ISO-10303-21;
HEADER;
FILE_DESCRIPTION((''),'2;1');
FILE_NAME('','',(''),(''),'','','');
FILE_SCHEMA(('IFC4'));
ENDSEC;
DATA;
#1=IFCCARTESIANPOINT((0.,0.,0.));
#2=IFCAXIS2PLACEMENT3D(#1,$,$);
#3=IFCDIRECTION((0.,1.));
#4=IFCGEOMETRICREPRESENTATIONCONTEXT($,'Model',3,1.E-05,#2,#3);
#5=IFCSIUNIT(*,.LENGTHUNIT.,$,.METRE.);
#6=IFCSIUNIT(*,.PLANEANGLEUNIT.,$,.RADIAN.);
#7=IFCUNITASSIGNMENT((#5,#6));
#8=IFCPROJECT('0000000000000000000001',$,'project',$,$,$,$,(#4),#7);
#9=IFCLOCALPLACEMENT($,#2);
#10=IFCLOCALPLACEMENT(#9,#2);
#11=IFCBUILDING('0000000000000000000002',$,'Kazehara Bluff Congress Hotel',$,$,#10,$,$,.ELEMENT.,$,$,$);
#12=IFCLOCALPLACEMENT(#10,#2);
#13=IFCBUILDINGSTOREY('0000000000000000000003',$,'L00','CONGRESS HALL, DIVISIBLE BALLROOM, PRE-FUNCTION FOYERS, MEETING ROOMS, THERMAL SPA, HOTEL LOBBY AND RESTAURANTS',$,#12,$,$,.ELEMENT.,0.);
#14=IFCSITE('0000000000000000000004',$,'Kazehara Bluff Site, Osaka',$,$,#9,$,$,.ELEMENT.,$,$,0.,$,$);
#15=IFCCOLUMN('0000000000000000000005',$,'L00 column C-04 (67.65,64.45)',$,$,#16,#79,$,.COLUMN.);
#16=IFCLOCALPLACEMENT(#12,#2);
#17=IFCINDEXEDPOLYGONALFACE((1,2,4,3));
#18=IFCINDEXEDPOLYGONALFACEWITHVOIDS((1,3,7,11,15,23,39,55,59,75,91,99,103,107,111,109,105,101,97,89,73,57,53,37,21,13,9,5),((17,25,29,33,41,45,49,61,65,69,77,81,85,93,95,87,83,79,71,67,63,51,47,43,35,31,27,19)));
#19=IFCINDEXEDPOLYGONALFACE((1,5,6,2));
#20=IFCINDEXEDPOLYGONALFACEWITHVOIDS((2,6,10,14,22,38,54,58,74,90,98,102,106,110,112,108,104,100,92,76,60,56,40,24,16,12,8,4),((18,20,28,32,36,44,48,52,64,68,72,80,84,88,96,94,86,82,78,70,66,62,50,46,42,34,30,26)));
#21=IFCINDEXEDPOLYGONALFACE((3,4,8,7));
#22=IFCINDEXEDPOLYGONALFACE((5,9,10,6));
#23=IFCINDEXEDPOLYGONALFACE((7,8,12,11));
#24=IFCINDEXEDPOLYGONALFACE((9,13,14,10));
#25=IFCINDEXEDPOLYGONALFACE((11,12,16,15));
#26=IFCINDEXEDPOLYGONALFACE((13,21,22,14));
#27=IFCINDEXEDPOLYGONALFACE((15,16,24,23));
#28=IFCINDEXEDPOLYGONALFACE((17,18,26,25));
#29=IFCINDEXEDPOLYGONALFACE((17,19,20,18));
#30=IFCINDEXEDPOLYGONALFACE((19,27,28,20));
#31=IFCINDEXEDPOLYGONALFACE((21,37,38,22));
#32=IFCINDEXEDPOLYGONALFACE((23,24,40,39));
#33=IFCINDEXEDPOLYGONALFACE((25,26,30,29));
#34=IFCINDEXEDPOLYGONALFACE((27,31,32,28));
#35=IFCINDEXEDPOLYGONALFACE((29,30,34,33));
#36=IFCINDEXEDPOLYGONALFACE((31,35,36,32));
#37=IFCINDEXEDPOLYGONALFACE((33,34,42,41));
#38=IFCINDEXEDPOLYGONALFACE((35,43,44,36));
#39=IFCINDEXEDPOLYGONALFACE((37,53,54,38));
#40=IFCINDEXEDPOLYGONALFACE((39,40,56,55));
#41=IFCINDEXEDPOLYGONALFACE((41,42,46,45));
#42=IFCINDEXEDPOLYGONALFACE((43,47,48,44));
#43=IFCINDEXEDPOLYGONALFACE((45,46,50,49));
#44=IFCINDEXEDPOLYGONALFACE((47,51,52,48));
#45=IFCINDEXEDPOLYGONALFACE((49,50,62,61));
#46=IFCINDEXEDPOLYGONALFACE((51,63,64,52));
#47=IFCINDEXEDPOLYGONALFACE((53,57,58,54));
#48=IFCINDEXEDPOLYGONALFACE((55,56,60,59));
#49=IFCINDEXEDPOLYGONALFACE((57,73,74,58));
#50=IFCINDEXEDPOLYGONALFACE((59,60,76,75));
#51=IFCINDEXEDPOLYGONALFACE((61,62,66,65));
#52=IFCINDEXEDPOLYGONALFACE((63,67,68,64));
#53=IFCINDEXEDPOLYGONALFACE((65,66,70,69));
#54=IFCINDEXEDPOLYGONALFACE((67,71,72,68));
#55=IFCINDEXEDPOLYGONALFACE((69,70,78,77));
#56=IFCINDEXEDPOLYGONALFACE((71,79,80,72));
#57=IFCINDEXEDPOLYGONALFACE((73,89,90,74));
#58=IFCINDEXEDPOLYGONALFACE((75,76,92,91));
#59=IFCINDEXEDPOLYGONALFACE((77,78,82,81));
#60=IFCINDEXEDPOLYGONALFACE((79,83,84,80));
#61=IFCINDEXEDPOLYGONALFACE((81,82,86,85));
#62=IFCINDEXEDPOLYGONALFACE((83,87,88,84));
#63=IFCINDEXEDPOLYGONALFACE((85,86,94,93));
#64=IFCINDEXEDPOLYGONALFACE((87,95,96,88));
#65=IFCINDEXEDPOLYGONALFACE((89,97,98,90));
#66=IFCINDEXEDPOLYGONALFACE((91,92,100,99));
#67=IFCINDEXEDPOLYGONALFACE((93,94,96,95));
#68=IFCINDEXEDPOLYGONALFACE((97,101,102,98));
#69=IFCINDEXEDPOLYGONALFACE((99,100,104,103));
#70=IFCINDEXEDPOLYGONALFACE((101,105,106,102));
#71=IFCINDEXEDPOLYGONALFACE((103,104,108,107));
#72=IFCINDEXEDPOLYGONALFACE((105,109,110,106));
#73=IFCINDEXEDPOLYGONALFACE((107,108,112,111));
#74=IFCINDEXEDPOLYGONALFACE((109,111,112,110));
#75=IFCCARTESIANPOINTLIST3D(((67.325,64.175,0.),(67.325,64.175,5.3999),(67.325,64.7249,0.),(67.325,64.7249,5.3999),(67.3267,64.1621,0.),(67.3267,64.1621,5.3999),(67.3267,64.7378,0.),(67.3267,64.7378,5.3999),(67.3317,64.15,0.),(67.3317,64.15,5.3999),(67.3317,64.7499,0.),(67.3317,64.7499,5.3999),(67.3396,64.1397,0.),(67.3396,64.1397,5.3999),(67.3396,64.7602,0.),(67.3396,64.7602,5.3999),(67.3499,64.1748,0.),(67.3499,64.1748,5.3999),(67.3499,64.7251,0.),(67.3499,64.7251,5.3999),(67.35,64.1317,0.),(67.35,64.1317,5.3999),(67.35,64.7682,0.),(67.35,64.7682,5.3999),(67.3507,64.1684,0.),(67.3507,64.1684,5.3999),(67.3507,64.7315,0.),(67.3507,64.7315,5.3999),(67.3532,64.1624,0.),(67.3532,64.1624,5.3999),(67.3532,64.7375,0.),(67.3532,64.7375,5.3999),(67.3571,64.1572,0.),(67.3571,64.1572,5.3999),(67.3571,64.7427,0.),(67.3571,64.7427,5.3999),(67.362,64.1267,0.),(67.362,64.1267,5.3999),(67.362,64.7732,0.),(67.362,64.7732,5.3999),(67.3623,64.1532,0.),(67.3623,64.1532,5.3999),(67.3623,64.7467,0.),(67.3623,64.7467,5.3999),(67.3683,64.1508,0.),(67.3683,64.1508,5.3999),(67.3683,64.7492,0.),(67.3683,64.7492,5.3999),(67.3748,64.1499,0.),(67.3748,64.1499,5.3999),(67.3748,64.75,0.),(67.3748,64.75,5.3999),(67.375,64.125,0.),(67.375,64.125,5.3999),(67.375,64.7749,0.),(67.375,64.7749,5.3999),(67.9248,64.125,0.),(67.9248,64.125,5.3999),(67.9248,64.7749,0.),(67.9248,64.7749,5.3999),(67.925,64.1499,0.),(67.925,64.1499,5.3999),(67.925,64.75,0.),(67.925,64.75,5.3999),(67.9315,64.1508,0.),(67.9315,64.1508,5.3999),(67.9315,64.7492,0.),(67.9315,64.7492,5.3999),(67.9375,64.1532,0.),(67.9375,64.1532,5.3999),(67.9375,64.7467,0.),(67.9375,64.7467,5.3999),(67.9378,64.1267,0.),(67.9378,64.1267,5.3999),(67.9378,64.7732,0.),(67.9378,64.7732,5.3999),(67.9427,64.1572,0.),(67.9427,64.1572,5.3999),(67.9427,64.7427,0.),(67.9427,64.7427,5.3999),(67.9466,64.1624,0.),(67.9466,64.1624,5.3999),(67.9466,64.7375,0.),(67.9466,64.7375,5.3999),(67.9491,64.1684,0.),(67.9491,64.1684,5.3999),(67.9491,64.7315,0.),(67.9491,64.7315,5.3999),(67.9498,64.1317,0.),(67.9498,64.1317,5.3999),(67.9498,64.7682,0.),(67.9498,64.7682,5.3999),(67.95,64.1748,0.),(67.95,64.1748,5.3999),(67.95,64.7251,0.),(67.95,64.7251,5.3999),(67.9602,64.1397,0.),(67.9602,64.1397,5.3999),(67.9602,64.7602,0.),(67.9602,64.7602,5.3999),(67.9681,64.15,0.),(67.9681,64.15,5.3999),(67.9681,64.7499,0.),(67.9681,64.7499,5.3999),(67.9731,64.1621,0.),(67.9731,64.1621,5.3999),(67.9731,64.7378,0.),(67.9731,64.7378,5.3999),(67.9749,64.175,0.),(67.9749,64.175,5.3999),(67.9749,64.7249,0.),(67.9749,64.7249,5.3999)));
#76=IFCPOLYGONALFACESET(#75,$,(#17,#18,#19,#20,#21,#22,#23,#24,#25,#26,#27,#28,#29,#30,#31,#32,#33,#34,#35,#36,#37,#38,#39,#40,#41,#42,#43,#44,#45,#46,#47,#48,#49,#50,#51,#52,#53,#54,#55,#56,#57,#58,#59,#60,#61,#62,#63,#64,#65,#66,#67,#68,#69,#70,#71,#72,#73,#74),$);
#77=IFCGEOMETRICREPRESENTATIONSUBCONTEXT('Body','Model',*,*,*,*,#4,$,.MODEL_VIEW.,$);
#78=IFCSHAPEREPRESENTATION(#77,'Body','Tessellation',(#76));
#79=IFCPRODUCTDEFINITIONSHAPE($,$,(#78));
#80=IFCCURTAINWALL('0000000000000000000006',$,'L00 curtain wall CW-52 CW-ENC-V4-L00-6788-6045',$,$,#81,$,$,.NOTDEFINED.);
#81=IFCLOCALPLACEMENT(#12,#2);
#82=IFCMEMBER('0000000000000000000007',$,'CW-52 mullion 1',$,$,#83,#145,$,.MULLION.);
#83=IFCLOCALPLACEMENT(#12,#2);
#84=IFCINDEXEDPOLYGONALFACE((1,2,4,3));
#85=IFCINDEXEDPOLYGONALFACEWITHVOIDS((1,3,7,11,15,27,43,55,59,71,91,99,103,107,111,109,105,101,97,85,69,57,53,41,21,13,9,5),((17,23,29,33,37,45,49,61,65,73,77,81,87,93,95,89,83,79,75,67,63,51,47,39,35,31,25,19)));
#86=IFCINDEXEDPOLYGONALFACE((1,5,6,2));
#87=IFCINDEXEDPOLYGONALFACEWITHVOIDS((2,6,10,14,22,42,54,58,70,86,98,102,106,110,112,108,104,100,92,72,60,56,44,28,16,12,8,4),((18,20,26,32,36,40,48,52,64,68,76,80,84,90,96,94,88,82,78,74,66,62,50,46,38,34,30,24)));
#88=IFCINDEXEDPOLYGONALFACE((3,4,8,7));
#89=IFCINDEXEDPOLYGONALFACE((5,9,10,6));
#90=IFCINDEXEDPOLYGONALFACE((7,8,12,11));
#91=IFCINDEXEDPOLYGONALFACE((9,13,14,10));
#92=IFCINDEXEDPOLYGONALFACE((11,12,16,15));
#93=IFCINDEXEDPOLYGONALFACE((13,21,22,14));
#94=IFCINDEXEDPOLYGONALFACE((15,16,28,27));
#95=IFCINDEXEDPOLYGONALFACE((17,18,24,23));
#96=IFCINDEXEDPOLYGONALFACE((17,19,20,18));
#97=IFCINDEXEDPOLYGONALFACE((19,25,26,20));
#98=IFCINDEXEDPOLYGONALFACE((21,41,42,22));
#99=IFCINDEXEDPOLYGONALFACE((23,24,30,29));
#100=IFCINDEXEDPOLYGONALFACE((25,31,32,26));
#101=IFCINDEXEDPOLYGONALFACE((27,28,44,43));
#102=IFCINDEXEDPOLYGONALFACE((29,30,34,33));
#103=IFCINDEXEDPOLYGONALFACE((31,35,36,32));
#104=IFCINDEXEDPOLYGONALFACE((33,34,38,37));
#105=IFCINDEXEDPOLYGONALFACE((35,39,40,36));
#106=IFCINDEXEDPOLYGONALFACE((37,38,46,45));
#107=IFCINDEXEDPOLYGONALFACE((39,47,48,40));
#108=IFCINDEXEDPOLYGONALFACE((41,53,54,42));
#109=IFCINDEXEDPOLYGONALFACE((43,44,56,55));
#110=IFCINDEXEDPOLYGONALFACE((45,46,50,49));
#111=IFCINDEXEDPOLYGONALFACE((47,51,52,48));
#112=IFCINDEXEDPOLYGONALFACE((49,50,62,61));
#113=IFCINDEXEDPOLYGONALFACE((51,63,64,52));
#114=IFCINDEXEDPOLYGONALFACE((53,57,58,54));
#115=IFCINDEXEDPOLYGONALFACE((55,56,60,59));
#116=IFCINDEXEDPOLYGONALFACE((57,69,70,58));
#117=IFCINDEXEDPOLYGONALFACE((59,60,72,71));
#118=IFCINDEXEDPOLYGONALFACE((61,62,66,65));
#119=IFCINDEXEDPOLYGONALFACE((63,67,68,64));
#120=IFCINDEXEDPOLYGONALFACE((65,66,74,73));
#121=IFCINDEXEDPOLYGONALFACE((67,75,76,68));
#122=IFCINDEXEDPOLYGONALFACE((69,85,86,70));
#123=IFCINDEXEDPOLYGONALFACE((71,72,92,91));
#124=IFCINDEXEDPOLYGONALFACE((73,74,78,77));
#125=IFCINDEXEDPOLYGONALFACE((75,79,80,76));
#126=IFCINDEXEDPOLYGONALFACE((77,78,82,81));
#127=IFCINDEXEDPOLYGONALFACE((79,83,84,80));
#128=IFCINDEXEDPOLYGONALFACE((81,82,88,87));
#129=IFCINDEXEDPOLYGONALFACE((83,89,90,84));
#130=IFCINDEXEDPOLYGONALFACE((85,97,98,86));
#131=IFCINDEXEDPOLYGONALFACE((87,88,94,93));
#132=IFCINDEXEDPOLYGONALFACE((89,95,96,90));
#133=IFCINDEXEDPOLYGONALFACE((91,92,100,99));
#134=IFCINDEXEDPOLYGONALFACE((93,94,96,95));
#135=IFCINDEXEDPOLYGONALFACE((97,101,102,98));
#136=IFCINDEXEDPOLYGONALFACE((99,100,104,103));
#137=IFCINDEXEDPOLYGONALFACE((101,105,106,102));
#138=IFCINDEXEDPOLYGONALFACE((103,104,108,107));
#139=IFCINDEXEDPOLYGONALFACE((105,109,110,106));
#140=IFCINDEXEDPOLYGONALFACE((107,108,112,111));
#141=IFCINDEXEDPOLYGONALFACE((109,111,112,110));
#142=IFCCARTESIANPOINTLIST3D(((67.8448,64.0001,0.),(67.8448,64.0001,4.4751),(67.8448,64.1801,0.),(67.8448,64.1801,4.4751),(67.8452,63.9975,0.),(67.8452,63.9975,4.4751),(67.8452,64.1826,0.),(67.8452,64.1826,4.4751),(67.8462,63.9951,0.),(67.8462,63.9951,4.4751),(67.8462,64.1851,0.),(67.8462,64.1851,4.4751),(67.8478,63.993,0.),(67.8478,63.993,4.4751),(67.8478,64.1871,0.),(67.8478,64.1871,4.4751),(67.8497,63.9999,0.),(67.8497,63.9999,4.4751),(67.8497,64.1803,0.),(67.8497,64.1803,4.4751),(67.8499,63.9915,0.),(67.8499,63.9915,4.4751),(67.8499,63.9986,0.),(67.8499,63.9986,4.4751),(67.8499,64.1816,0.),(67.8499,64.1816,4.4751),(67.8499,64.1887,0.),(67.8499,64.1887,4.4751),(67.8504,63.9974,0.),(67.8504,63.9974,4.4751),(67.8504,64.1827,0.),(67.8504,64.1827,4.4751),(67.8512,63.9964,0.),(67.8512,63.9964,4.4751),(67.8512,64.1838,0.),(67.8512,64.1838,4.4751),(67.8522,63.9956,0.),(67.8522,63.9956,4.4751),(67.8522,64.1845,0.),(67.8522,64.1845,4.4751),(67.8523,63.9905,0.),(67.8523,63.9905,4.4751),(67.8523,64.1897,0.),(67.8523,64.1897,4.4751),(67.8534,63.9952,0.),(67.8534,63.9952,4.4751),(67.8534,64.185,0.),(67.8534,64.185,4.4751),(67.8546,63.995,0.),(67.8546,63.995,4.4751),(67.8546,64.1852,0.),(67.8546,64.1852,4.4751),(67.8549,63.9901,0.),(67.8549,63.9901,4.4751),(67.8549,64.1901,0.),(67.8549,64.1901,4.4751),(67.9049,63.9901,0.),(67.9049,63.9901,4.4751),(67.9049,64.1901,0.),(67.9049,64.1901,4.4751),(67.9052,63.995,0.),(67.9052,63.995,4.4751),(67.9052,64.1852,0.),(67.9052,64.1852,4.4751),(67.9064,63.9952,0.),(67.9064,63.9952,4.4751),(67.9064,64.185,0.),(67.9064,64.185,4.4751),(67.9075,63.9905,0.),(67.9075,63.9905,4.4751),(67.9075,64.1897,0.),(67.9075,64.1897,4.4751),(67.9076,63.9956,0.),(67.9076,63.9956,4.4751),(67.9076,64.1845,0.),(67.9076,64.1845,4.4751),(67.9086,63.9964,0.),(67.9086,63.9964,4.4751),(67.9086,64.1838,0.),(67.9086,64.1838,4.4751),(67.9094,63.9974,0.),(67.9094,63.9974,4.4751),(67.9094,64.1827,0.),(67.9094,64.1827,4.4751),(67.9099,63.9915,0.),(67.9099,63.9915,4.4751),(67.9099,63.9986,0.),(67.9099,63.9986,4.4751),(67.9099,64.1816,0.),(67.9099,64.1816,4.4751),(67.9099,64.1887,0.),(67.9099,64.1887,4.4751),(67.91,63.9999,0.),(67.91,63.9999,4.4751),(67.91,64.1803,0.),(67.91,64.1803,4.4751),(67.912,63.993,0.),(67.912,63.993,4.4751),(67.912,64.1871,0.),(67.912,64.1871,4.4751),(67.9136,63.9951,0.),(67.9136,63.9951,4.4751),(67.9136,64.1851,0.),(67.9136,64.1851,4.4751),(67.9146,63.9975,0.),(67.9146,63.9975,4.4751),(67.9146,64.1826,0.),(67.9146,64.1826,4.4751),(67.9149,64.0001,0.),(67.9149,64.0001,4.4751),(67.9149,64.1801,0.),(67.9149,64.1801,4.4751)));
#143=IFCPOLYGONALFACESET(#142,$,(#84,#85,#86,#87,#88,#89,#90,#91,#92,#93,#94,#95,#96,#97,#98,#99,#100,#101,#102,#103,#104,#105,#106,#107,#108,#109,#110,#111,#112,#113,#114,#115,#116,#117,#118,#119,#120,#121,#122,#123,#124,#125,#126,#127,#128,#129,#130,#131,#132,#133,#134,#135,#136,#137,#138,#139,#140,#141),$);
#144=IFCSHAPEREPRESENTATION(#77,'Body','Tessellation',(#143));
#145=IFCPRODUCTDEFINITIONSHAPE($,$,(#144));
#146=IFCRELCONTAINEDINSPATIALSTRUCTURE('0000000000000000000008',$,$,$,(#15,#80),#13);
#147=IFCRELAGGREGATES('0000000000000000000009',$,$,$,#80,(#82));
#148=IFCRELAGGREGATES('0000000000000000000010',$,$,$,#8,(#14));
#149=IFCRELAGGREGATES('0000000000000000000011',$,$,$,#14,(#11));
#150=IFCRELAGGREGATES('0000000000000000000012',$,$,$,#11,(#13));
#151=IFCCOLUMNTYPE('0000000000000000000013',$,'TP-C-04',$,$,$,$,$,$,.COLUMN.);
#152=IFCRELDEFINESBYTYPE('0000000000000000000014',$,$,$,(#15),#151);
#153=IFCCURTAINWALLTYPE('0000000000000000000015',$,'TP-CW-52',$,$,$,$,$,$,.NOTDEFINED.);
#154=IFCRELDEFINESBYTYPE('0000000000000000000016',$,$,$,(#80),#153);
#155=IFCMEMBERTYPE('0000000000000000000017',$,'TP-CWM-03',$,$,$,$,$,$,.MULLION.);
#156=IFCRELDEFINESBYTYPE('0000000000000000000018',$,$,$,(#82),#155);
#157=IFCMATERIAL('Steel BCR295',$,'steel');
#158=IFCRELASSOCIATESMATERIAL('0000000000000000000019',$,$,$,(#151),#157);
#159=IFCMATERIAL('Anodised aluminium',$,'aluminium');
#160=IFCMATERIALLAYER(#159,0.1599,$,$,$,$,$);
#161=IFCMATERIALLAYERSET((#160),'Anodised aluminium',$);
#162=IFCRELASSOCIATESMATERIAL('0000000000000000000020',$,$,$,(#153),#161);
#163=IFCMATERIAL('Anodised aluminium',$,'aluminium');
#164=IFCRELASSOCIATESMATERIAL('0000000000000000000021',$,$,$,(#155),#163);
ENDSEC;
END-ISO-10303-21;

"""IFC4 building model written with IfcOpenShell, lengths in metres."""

from ifc_helpers import new_model, si_unit, direction, frame, origin, origin_2d, place, context, subcontext, project, spatial, hollow_rectangle, extrude, material, layer, layer_set, material_profile, profile_set, type_object, element, aggregate, save


model = new_model("IFC4")

# Units and contexts
model_context = context("Model", 3, precision=1e-05, world=origin(), true_north=direction((0.0, 1.0)))
body_context = subcontext(model_context, "Body", "Model", "MODEL_VIEW")
ifc_project = project(units=[si_unit("LENGTHUNIT", "METRE"), si_unit("PLANEANGLEUNIT", "RADIAN")], contexts=[model_context])

# Site, building, storey
site_placement = place(None, origin())
site = spatial("IfcSite", under=ifc_project, at=site_placement, Name="Kazehara Bluff Site, Osaka", CompositionType="ELEMENT", RefElevation=0.0)
building_placement = place(site_placement, origin())
building = spatial("IfcBuilding", under=site, at=building_placement, Name="Kazehara Bluff Congress Hotel", CompositionType="ELEMENT")
storey_placement = place(building_placement, origin())
storey = spatial("IfcBuildingStorey", under=building, at=storey_placement, Name="L00", Description="CONGRESS HALL, DIVISIBLE BALLROOM, PRE-FUNCTION FOYERS, MEETING ROOMS, THERMAL SPA, HOTEL LOBBY AND RESTAURANTS", CompositionType="ELEMENT", Elevation=0.0)

# Column
ifc_material_1 = material(Name="Steel BCR295", Category="steel")
ifc_material_profile_1 = material_profile(ifc_material_1, hollow_rectangle(XDim=0.6499, YDim=0.6499, WallThickness=0.0249, InnerFilletRadius=0.0249, OuterFilletRadius=0.05, at=origin_2d()))
ifc_profile_set_1 = profile_set([ifc_material_profile_1], Name="Steel BCR295")
column_type = type_object("IfcColumnType", Name="TP-C-04", PredefinedType="COLUMN", material=ifc_profile_set_1)
column_placement = place(storey_placement, frame((67.6499, 64.45, 0.0), z_axis=(0.0, 0.0, 1.0), x_axis=(1.0, 0.0, 0.0)))
element("IfcColumn", 1, at=column_placement, inside=storey, type_object=column_type, Name="L00 column C-04 (67.65,64.45)", PredefinedType="COLUMN", context=body_context, shape_type="SweptSolid", body=[
    extrude(hollow_rectangle(XDim=0.6499, YDim=0.6499, WallThickness=0.0249, InnerFilletRadius=0.0249, OuterFilletRadius=0.05, at=origin_2d()), origin(), (0.0, 0.0, 1.0), 5.3999),
])

# Curtain wall, member
ifc_material_2 = material(Name="Anodised aluminium", Category="aluminium")
ifc_layer_1 = layer(ifc_material_2, 0.1599)
ifc_layer_set_1 = layer_set([ifc_layer_1], Name="Anodised aluminium")
curtain_wall_type_1 = type_object("IfcCurtainWallType", Name="TP-CW-52", PredefinedType="NOTDEFINED", material=ifc_layer_set_1)
curtain_wall_1_placement = place(storey_placement, origin())
curtain_wall_1 = element("IfcCurtainWall", 2, at=curtain_wall_1_placement, inside=storey, type_object=curtain_wall_type_1, Name="L00 curtain wall CW-52 CW-ENC-V4-L00-6788-6045", PredefinedType="NOTDEFINED")
ifc_material_3 = material(Name="Anodised aluminium", Category="aluminium")
ifc_material_profile_2 = material_profile(ifc_material_3, hollow_rectangle(XDim=0.0701, YDim=0.2, WallThickness=0.0049, InnerFilletRadius=0.0049, OuterFilletRadius=0.01, at=origin_2d()))
ifc_profile_set_2 = profile_set([ifc_material_profile_2], Name="Anodised aluminium")
member_type_1 = type_object("IfcMemberType", Name="TP-CWM-03", PredefinedType="MULLION", material=ifc_profile_set_2)
member_1_placement = place(storey_placement, frame((67.8799, 64.0901, 0.0), z_axis=(0.0, 0.0, 1.0), x_axis=(1.0, 0.0, 0.0)))
member_1 = element("IfcMember", 3, at=member_1_placement, type_object=member_type_1, Name="CW-52 mullion 1", PredefinedType="MULLION", context=body_context, shape_type="SweptSolid", body=[
    extrude(hollow_rectangle(XDim=0.0701, YDim=0.2, WallThickness=0.0049, InnerFilletRadius=0.0049, OuterFilletRadius=0.01, at=origin_2d()), origin(), (0.0, 0.0, 1.0), 4.4751),
])

aggregate(curtain_wall_1, [member_1])

save(model, "model.ifc")
